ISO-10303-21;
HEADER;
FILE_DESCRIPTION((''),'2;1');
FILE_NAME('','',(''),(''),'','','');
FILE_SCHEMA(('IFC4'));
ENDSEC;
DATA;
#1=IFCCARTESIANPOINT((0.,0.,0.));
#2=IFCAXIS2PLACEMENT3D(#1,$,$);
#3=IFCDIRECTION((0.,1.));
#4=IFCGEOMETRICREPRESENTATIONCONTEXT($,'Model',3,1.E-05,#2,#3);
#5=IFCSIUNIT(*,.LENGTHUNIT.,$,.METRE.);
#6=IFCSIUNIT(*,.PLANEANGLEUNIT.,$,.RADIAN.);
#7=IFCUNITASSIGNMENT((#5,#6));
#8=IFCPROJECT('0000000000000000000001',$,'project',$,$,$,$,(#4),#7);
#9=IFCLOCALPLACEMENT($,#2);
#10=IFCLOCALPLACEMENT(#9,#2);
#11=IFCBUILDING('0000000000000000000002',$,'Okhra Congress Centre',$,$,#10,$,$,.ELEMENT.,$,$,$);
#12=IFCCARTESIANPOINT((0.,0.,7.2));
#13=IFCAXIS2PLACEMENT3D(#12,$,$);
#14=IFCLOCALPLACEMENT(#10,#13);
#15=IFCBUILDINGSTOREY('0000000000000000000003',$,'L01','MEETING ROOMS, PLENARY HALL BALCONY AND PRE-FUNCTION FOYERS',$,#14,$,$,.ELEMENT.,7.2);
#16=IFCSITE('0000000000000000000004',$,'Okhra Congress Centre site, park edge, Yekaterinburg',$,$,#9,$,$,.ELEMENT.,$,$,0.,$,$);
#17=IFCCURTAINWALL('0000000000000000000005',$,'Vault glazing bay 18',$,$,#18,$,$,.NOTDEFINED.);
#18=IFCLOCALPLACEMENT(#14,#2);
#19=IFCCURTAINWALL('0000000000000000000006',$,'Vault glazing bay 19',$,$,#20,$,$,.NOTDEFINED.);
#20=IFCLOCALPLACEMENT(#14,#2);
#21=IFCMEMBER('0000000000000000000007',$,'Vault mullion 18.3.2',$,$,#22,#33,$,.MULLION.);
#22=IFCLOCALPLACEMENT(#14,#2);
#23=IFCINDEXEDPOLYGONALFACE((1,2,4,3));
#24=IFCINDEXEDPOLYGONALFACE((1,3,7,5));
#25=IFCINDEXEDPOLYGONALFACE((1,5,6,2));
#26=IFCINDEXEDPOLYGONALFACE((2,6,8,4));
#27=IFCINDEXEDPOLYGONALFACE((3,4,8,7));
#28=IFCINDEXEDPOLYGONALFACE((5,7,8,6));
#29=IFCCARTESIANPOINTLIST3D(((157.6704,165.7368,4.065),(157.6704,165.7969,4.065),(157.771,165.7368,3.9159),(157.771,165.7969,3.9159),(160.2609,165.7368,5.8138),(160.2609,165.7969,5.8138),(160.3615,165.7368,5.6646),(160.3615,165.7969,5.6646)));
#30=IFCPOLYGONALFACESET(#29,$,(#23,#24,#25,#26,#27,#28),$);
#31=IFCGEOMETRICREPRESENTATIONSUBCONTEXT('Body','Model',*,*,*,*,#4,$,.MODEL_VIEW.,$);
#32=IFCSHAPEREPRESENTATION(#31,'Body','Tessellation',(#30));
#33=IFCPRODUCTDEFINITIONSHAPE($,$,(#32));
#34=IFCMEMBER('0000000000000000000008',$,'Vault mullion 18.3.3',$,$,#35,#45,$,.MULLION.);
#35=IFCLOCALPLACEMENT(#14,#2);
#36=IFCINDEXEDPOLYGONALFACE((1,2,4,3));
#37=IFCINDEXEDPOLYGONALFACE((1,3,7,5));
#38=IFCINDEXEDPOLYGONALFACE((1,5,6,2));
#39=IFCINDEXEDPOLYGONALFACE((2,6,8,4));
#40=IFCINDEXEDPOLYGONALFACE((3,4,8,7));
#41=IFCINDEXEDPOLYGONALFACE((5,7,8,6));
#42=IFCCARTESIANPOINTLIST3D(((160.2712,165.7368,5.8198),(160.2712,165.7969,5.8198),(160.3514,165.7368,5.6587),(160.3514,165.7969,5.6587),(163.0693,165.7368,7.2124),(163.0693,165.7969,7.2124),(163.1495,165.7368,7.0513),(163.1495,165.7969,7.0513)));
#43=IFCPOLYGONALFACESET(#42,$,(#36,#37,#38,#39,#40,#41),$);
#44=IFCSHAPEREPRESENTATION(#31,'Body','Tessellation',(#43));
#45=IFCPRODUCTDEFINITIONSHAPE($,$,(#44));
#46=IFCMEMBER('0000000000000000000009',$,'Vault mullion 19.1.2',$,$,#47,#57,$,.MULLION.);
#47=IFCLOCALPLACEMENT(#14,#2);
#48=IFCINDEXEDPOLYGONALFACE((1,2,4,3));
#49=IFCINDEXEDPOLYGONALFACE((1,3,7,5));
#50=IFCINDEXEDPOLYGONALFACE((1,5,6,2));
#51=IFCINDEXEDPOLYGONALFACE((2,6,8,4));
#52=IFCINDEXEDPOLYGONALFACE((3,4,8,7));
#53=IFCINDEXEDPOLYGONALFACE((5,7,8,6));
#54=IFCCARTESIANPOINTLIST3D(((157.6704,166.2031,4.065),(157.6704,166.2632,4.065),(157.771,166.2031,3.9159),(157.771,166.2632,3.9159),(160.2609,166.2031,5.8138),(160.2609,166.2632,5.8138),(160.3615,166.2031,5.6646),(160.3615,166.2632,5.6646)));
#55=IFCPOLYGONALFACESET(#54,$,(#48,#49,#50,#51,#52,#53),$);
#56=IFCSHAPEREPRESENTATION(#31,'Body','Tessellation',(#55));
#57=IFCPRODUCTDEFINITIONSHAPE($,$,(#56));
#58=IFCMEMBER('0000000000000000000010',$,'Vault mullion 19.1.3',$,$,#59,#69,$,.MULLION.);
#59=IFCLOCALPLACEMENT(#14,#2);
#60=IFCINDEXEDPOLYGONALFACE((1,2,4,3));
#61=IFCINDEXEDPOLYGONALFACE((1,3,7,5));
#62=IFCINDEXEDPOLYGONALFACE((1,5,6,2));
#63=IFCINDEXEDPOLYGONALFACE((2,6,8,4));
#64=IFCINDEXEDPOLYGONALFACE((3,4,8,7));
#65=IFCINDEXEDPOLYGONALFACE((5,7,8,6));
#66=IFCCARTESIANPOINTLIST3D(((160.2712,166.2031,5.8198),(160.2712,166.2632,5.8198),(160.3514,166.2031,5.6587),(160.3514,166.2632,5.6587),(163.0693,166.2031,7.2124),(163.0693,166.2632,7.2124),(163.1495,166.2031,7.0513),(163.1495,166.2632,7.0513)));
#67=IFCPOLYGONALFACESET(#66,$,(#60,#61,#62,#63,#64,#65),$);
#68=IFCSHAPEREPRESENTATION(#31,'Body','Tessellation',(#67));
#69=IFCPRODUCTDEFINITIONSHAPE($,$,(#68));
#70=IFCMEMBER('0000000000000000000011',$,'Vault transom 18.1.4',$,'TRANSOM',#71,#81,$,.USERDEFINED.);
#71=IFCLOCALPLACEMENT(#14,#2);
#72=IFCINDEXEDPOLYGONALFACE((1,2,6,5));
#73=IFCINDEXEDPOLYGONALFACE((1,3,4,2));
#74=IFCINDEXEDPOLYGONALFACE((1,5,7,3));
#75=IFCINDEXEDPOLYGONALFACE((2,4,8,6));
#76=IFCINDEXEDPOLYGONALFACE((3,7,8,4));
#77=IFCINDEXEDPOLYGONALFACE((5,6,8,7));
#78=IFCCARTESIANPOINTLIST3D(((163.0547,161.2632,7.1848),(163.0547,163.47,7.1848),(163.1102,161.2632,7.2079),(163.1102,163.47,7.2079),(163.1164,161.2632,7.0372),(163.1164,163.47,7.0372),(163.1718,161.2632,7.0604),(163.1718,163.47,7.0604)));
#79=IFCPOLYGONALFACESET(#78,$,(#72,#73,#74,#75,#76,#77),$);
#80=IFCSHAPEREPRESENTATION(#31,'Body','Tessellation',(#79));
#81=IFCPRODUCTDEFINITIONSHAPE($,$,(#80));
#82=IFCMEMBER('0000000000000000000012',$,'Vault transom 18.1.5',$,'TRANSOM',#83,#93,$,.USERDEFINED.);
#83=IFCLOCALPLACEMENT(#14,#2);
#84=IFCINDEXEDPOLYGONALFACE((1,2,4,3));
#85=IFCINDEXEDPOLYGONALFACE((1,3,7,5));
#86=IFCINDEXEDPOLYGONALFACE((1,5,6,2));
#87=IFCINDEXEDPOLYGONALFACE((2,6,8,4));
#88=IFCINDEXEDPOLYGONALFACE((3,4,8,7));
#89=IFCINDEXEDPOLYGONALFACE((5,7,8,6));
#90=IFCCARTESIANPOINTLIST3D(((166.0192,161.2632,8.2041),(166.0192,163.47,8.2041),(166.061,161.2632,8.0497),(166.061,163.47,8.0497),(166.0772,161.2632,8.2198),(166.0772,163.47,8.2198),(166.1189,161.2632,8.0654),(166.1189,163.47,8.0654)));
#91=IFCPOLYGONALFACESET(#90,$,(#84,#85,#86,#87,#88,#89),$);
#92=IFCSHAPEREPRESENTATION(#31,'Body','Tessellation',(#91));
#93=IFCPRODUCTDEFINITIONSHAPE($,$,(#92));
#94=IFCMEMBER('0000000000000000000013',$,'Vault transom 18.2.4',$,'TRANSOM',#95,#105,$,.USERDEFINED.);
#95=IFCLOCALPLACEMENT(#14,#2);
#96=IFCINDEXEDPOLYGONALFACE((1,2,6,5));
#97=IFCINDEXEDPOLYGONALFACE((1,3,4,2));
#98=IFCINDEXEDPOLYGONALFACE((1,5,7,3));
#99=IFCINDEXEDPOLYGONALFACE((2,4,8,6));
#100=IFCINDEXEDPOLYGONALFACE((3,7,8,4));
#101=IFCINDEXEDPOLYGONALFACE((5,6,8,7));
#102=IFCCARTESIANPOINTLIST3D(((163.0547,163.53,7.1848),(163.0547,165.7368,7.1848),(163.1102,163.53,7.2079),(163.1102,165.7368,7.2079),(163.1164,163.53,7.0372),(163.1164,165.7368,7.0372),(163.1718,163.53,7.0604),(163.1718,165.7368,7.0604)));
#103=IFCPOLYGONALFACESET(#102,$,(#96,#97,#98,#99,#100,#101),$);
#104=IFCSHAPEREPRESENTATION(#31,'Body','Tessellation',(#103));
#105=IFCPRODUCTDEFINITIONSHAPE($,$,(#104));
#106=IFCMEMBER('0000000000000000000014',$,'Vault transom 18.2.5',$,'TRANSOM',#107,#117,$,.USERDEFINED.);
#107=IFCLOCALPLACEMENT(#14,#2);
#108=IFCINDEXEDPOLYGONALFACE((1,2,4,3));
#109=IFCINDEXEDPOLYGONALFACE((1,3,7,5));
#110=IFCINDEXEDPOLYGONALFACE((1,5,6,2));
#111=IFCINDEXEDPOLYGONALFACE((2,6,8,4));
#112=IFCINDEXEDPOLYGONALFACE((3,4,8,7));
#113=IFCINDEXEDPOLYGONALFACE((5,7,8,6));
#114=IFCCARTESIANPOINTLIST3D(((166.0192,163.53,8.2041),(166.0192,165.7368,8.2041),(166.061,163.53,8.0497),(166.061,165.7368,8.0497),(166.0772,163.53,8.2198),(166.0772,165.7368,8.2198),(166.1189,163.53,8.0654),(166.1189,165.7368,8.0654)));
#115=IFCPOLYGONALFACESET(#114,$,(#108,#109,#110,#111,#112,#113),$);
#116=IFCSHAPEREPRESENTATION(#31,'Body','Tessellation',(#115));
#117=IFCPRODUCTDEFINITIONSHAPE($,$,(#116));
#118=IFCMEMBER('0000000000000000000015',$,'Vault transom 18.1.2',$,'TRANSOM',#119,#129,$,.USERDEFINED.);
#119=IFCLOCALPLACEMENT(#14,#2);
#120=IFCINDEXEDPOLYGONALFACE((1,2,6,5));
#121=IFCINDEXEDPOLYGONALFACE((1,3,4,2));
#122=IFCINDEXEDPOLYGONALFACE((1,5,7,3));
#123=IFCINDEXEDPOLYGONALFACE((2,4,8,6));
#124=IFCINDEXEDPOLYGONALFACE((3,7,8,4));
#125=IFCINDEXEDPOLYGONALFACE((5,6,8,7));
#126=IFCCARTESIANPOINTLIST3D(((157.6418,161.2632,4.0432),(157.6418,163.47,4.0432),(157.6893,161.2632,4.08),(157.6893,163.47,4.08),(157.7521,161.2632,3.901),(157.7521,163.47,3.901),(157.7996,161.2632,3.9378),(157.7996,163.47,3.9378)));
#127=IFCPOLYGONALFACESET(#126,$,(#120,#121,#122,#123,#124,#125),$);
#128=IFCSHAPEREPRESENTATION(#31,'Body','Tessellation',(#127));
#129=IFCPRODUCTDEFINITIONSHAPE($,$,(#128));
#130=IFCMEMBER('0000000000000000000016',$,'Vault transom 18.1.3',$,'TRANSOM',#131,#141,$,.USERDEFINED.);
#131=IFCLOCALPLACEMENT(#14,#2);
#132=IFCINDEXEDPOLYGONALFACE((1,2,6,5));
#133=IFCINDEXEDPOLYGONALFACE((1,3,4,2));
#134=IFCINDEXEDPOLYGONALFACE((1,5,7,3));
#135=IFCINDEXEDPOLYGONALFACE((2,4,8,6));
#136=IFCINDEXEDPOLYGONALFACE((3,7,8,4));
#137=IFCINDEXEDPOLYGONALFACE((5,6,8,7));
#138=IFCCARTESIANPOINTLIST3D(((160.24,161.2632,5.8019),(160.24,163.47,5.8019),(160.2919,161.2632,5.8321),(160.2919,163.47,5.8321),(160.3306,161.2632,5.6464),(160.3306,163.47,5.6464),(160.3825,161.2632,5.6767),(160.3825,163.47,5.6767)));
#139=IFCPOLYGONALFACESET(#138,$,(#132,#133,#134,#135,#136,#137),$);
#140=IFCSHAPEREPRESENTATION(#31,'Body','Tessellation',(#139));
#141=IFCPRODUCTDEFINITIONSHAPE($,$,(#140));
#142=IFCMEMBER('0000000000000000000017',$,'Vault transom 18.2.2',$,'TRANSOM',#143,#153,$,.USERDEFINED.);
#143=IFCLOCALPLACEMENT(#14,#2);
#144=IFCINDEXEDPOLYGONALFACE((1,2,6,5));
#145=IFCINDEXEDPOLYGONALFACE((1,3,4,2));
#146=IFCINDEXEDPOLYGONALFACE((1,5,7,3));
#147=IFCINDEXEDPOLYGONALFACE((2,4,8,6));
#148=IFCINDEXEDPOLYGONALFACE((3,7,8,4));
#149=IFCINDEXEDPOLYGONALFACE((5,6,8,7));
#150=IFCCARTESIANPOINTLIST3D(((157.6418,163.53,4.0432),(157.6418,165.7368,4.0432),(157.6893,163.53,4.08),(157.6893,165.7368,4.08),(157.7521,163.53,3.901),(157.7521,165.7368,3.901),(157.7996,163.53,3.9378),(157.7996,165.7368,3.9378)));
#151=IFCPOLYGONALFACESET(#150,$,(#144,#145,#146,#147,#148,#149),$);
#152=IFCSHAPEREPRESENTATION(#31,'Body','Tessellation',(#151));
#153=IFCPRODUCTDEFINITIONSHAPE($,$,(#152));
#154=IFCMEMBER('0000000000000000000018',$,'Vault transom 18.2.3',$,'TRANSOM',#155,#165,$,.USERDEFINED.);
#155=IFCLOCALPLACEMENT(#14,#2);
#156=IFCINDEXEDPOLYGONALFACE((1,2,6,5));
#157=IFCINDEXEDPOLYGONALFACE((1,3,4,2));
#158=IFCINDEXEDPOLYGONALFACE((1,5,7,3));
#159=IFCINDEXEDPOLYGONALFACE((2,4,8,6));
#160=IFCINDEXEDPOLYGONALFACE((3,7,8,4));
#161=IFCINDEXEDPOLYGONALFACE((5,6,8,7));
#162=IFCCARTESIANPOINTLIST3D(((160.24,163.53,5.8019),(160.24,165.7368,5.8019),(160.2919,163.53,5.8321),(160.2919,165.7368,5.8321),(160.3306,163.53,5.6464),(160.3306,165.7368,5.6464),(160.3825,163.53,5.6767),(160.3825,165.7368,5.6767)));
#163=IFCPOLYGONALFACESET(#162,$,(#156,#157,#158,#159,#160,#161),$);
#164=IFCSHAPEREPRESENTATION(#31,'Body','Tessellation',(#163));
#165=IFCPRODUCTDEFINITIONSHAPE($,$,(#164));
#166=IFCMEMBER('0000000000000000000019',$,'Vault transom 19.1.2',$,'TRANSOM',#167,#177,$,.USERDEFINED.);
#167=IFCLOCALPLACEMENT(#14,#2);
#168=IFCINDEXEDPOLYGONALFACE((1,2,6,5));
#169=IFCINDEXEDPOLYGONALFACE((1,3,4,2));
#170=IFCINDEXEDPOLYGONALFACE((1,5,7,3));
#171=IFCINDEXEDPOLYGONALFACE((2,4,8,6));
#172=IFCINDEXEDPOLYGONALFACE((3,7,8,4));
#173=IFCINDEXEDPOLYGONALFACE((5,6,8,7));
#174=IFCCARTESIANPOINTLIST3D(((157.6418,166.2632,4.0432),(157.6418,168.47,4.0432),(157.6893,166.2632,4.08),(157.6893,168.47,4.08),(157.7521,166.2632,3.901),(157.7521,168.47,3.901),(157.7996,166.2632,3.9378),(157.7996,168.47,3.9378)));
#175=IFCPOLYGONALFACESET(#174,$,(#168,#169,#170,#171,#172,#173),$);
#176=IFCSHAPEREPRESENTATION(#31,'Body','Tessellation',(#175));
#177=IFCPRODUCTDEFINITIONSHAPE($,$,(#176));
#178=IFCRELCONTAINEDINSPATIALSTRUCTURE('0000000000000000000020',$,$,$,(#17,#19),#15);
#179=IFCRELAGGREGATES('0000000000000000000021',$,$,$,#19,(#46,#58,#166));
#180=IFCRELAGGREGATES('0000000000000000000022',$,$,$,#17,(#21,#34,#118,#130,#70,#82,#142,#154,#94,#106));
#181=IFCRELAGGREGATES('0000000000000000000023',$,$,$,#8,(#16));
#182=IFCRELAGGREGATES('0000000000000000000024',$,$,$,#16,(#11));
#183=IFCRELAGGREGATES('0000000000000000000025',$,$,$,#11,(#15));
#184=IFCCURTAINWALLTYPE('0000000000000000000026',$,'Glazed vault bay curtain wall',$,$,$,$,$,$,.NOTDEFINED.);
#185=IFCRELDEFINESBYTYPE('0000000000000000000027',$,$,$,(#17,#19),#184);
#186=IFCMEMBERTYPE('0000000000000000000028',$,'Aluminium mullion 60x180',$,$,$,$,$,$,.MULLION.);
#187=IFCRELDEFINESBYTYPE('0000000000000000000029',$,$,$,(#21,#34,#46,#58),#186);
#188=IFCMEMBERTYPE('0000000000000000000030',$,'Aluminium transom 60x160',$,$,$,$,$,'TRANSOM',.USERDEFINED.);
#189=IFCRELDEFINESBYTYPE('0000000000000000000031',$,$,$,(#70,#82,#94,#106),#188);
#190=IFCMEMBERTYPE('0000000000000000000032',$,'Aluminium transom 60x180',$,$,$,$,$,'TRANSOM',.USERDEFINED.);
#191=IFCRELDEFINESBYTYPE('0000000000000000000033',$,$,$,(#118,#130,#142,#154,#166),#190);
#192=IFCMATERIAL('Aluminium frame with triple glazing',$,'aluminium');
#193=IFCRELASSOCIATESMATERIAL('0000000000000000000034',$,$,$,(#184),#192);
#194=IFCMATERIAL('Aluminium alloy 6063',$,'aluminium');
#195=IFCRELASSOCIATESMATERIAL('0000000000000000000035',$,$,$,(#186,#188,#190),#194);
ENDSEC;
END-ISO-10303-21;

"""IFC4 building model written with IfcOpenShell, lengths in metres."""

from ifc_helpers import new_model, si_unit, direction, frame, origin, origin_2d, place, context, subcontext, project, spatial, rectangle, extrude, material, material_profile, profile_set, type_object, element, aggregate, save


model = new_model("IFC4")

# Units and contexts
model_context = context("Model", 3, precision=1e-05, world=origin(), true_north=direction((0.0, 1.0)))
body_context = subcontext(model_context, "Body", "Model", "MODEL_VIEW")
ifc_project = project(units=[si_unit("LENGTHUNIT", "METRE"), si_unit("PLANEANGLEUNIT", "RADIAN")], contexts=[model_context])

# Site, building, storey
site_placement = place(None, origin())
site = spatial("IfcSite", under=ifc_project, at=site_placement, Name="Okhra Congress Centre site, park edge, Yekaterinburg", CompositionType="ELEMENT", RefElevation=0.0)
building_placement = place(site_placement, origin())
building = spatial("IfcBuilding", under=site, at=building_placement, Name="Okhra Congress Centre", CompositionType="ELEMENT")
storey_placement = place(building_placement, frame((0.0, 0.0, 7.2)))
storey = spatial("IfcBuildingStorey", under=building, at=storey_placement, Name="L01", Description="MEETING ROOMS, PLENARY HALL BALCONY AND PRE-FUNCTION FOYERS", CompositionType="ELEMENT", Elevation=7.2)

# Curtain walls
ifc_material_1 = material(Name="Aluminium frame with triple glazing", Category="aluminium")
curtain_wall_type = type_object("IfcCurtainWallType", Name="Glazed vault bay curtain wall", PredefinedType="NOTDEFINED", material=ifc_material_1)
ifc_material_2 = material(Name="Aluminium alloy 6063", Category="aluminium")
curtain_wall_1_placement = place(storey_placement, origin())
curtain_wall_1 = element("IfcCurtainWall", 1, at=curtain_wall_1_placement, inside=storey, type_object=curtain_wall_type, Name="Vault glazing bay 18", PredefinedType="NOTDEFINED")
curtain_wall_2_placement = place(storey_placement, origin())
curtain_wall_2 = element("IfcCurtainWall", 2, at=curtain_wall_2_placement, inside=storey, type_object=curtain_wall_type, Name="Vault glazing bay 19", PredefinedType="NOTDEFINED")

# Members
ifc_material_profile_1 = material_profile(ifc_material_2, rectangle(XDim=0.0601, YDim=0.1799, at=origin_2d()), Name="AL 60x180")
ifc_profile_set_1 = profile_set([ifc_material_profile_1], Name="Aluminium alloy 6063")
member_type_1 = type_object("IfcMemberType", Name="Aluminium mullion 60x180", PredefinedType="MULLION", material=ifc_profile_set_1)
member_1_placement = place(storey_placement, frame((157.7207, 165.7668, 3.9905), z_axis=(0.828828, 0.0, 0.559504), x_axis=(0.0, 1.0, 0.0)))
member_1 = element("IfcMember", 3, at=member_1_placement, type_object=member_type_1, Name="Vault mullion 18.3.2", PredefinedType="MULLION", context=body_context, shape_type="SweptSolid", body=[
    extrude(rectangle(XDim=0.0601, YDim=0.1799, at=origin_2d()), origin(), (0.0, 0.0, 1.0), 3.1255),
])
member_2_placement = place(storey_placement, frame((160.3113, 165.7668, 5.7393), z_axis=(0.895254, 0.0, 0.445557), x_axis=(0.0, 1.0, 0.0)))
member_2 = element("IfcMember", 4, at=member_2_placement, type_object=member_type_1, Name="Vault mullion 18.3.3", PredefinedType="MULLION", context=body_context, shape_type="SweptSolid", body=[
    extrude(rectangle(XDim=0.0601, YDim=0.1799, at=origin_2d()), origin(), (0.0, 0.0, 1.0), 3.1255),
])
member_3_placement = place(storey_placement, frame((157.7207, 166.2332, 3.9905), z_axis=(0.828828, 0.0, 0.559504), x_axis=(0.0, 1.0, 0.0)))
member_3 = element("IfcMember", 5, at=member_3_placement, type_object=member_type_1, Name="Vault mullion 19.1.2", PredefinedType="MULLION", context=body_context, shape_type="SweptSolid", body=[
    extrude(rectangle(XDim=0.0601, YDim=0.1799, at=origin_2d()), origin(), (0.0, 0.0, 1.0), 3.1255),
])
member_4_placement = place(storey_placement, frame((160.3113, 166.2332, 5.7393), z_axis=(0.895254, 0.0, 0.445557), x_axis=(0.0, 1.0, 0.0)))
member_4 = element("IfcMember", 6, at=member_4_placement, type_object=member_type_1, Name="Vault mullion 19.1.3", PredefinedType="MULLION", context=body_context, shape_type="SweptSolid", body=[
    extrude(rectangle(XDim=0.0601, YDim=0.1799, at=origin_2d()), origin(), (0.0, 0.0, 1.0), 3.1255),
])
ifc_material_profile_2 = material_profile(ifc_material_2, rectangle(XDim=0.0601, YDim=0.1599, at=origin_2d()), Name="AL 60x160 transom")
ifc_profile_set_2 = profile_set([ifc_material_profile_2], Name="Aluminium alloy 6063")
member_type_2 = type_object("IfcMemberType", Name="Aluminium transom 60x160", ElementType="TRANSOM", PredefinedType="USERDEFINED", material=ifc_profile_set_2)
member_5_placement = place(storey_placement, frame((163.1133, 161.2632, 7.1226), z_axis=(0.0, 1.0, 0.0), x_axis=(-0.922669, 0.0, -0.385593)))
member_5 = element("IfcMember", 7, at=member_5_placement, type_object=member_type_2, Name="Vault transom 18.1.4", ObjectType="TRANSOM", PredefinedType="USERDEFINED", context=body_context, shape_type="SweptSolid", body=[
    extrude(rectangle(XDim=0.0601, YDim=0.1599, at=origin_2d()), origin(), (0.0, 0.0, 1.0), 2.2068),
])
member_6_placement = place(storey_placement, frame((166.0691, 161.2632, 8.1348), z_axis=(0.0, 1.0, 0.0), x_axis=(-0.96538, 0.0, -0.260848)))
member_6 = element("IfcMember", 8, at=member_6_placement, type_object=member_type_2, Name="Vault transom 18.1.5", ObjectType="TRANSOM", PredefinedType="USERDEFINED", context=body_context, shape_type="SweptSolid", body=[
    extrude(rectangle(XDim=0.0601, YDim=0.1599, at=origin_2d()), origin(), (0.0, 0.0, 1.0), 2.2068),
])
member_7_placement = place(storey_placement, frame((163.1133, 163.53, 7.1226), z_axis=(0.0, 1.0, 0.0), x_axis=(-0.922669, 0.0, -0.385593)))
member_7 = element("IfcMember", 9, at=member_7_placement, type_object=member_type_2, Name="Vault transom 18.2.4", ObjectType="TRANSOM", PredefinedType="USERDEFINED", context=body_context, shape_type="SweptSolid", body=[
    extrude(rectangle(XDim=0.0601, YDim=0.1599, at=origin_2d()), origin(), (0.0, 0.0, 1.0), 2.2068),
])
member_8_placement = place(storey_placement, frame((166.0691, 163.53, 8.1348), z_axis=(0.0, 1.0, 0.0), x_axis=(-0.96538, 0.0, -0.260848)))
member_8 = element("IfcMember", 10, at=member_8_placement, type_object=member_type_2, Name="Vault transom 18.2.5", ObjectType="TRANSOM", PredefinedType="USERDEFINED", context=body_context, shape_type="SweptSolid", body=[
    extrude(rectangle(XDim=0.0601, YDim=0.1599, at=origin_2d()), origin(), (0.0, 0.0, 1.0), 2.2068),
])
ifc_material_profile_3 = material_profile(ifc_material_2, rectangle(XDim=0.0601, YDim=0.1799, at=origin_2d()), Name="AL 60x180 transom")
ifc_profile_set_3 = profile_set([ifc_material_profile_3], Name="Aluminium alloy 6063")
member_type_3 = type_object("IfcMemberType", Name="Aluminium transom 60x180", ElementType="TRANSOM", PredefinedType="USERDEFINED", material=ifc_profile_set_3)
member_9_placement = place(storey_placement, frame((157.7207, 161.2632, 3.9905), z_axis=(0.0, 1.0, 0.0), x_axis=(-0.790145, 0.0, -0.61292)))
member_9 = element("IfcMember", 11, at=member_9_placement, type_object=member_type_3, Name="Vault transom 18.1.2", ObjectType="TRANSOM", PredefinedType="USERDEFINED", context=body_context, shape_type="SweptSolid", body=[
    extrude(rectangle(XDim=0.0601, YDim=0.1799, at=origin_2d()), origin(), (0.0, 0.0, 1.0), 2.2068),
])
member_10_placement = place(storey_placement, frame((160.3113, 161.2632, 5.7393), z_axis=(0.0, 1.0, 0.0), x_axis=(-0.863917, 0.0, -0.503634)))
member_10 = element("IfcMember", 12, at=member_10_placement, type_object=member_type_3, Name="Vault transom 18.1.3", ObjectType="TRANSOM", PredefinedType="USERDEFINED", context=body_context, shape_type="SweptSolid", body=[
    extrude(rectangle(XDim=0.0601, YDim=0.1799, at=origin_2d()), origin(), (0.0, 0.0, 1.0), 2.2068),
])
member_11_placement = place(storey_placement, frame((157.7207, 163.53, 3.9905), z_axis=(0.0, 1.0, 0.0), x_axis=(-0.790145, 0.0, -0.61292)))
member_11 = element("IfcMember", 13, at=member_11_placement, type_object=member_type_3, Name="Vault transom 18.2.2", ObjectType="TRANSOM", PredefinedType="USERDEFINED", context=body_context, shape_type="SweptSolid", body=[
    extrude(rectangle(XDim=0.0601, YDim=0.1799, at=origin_2d()), origin(), (0.0, 0.0, 1.0), 2.2068),
])
member_12_placement = place(storey_placement, frame((160.3113, 163.53, 5.7393), z_axis=(0.0, 1.0, 0.0), x_axis=(-0.863917, 0.0, -0.503634)))
member_12 = element("IfcMember", 14, at=member_12_placement, type_object=member_type_3, Name="Vault transom 18.2.3", ObjectType="TRANSOM", PredefinedType="USERDEFINED", context=body_context, shape_type="SweptSolid", body=[
    extrude(rectangle(XDim=0.0601, YDim=0.1799, at=origin_2d()), origin(), (0.0, 0.0, 1.0), 2.2068),
])
member_13_placement = place(storey_placement, frame((157.7207, 166.2632, 3.9905), z_axis=(0.0, 1.0, 0.0), x_axis=(-0.790145, 0.0, -0.61292)))
member_13 = element("IfcMember", 15, at=member_13_placement, type_object=member_type_3, Name="Vault transom 19.1.2", ObjectType="TRANSOM", PredefinedType="USERDEFINED", context=body_context, shape_type="SweptSolid", body=[
    extrude(rectangle(XDim=0.0601, YDim=0.1799, at=origin_2d()), origin(), (0.0, 0.0, 1.0), 2.2068),
])
aggregate(curtain_wall_2, [member_3, member_4, member_13])

aggregate(curtain_wall_1, [member_1, member_2, member_9, member_10, member_5, member_6, member_11, member_12, member_7, member_8])

save(model, "model.ifc")
